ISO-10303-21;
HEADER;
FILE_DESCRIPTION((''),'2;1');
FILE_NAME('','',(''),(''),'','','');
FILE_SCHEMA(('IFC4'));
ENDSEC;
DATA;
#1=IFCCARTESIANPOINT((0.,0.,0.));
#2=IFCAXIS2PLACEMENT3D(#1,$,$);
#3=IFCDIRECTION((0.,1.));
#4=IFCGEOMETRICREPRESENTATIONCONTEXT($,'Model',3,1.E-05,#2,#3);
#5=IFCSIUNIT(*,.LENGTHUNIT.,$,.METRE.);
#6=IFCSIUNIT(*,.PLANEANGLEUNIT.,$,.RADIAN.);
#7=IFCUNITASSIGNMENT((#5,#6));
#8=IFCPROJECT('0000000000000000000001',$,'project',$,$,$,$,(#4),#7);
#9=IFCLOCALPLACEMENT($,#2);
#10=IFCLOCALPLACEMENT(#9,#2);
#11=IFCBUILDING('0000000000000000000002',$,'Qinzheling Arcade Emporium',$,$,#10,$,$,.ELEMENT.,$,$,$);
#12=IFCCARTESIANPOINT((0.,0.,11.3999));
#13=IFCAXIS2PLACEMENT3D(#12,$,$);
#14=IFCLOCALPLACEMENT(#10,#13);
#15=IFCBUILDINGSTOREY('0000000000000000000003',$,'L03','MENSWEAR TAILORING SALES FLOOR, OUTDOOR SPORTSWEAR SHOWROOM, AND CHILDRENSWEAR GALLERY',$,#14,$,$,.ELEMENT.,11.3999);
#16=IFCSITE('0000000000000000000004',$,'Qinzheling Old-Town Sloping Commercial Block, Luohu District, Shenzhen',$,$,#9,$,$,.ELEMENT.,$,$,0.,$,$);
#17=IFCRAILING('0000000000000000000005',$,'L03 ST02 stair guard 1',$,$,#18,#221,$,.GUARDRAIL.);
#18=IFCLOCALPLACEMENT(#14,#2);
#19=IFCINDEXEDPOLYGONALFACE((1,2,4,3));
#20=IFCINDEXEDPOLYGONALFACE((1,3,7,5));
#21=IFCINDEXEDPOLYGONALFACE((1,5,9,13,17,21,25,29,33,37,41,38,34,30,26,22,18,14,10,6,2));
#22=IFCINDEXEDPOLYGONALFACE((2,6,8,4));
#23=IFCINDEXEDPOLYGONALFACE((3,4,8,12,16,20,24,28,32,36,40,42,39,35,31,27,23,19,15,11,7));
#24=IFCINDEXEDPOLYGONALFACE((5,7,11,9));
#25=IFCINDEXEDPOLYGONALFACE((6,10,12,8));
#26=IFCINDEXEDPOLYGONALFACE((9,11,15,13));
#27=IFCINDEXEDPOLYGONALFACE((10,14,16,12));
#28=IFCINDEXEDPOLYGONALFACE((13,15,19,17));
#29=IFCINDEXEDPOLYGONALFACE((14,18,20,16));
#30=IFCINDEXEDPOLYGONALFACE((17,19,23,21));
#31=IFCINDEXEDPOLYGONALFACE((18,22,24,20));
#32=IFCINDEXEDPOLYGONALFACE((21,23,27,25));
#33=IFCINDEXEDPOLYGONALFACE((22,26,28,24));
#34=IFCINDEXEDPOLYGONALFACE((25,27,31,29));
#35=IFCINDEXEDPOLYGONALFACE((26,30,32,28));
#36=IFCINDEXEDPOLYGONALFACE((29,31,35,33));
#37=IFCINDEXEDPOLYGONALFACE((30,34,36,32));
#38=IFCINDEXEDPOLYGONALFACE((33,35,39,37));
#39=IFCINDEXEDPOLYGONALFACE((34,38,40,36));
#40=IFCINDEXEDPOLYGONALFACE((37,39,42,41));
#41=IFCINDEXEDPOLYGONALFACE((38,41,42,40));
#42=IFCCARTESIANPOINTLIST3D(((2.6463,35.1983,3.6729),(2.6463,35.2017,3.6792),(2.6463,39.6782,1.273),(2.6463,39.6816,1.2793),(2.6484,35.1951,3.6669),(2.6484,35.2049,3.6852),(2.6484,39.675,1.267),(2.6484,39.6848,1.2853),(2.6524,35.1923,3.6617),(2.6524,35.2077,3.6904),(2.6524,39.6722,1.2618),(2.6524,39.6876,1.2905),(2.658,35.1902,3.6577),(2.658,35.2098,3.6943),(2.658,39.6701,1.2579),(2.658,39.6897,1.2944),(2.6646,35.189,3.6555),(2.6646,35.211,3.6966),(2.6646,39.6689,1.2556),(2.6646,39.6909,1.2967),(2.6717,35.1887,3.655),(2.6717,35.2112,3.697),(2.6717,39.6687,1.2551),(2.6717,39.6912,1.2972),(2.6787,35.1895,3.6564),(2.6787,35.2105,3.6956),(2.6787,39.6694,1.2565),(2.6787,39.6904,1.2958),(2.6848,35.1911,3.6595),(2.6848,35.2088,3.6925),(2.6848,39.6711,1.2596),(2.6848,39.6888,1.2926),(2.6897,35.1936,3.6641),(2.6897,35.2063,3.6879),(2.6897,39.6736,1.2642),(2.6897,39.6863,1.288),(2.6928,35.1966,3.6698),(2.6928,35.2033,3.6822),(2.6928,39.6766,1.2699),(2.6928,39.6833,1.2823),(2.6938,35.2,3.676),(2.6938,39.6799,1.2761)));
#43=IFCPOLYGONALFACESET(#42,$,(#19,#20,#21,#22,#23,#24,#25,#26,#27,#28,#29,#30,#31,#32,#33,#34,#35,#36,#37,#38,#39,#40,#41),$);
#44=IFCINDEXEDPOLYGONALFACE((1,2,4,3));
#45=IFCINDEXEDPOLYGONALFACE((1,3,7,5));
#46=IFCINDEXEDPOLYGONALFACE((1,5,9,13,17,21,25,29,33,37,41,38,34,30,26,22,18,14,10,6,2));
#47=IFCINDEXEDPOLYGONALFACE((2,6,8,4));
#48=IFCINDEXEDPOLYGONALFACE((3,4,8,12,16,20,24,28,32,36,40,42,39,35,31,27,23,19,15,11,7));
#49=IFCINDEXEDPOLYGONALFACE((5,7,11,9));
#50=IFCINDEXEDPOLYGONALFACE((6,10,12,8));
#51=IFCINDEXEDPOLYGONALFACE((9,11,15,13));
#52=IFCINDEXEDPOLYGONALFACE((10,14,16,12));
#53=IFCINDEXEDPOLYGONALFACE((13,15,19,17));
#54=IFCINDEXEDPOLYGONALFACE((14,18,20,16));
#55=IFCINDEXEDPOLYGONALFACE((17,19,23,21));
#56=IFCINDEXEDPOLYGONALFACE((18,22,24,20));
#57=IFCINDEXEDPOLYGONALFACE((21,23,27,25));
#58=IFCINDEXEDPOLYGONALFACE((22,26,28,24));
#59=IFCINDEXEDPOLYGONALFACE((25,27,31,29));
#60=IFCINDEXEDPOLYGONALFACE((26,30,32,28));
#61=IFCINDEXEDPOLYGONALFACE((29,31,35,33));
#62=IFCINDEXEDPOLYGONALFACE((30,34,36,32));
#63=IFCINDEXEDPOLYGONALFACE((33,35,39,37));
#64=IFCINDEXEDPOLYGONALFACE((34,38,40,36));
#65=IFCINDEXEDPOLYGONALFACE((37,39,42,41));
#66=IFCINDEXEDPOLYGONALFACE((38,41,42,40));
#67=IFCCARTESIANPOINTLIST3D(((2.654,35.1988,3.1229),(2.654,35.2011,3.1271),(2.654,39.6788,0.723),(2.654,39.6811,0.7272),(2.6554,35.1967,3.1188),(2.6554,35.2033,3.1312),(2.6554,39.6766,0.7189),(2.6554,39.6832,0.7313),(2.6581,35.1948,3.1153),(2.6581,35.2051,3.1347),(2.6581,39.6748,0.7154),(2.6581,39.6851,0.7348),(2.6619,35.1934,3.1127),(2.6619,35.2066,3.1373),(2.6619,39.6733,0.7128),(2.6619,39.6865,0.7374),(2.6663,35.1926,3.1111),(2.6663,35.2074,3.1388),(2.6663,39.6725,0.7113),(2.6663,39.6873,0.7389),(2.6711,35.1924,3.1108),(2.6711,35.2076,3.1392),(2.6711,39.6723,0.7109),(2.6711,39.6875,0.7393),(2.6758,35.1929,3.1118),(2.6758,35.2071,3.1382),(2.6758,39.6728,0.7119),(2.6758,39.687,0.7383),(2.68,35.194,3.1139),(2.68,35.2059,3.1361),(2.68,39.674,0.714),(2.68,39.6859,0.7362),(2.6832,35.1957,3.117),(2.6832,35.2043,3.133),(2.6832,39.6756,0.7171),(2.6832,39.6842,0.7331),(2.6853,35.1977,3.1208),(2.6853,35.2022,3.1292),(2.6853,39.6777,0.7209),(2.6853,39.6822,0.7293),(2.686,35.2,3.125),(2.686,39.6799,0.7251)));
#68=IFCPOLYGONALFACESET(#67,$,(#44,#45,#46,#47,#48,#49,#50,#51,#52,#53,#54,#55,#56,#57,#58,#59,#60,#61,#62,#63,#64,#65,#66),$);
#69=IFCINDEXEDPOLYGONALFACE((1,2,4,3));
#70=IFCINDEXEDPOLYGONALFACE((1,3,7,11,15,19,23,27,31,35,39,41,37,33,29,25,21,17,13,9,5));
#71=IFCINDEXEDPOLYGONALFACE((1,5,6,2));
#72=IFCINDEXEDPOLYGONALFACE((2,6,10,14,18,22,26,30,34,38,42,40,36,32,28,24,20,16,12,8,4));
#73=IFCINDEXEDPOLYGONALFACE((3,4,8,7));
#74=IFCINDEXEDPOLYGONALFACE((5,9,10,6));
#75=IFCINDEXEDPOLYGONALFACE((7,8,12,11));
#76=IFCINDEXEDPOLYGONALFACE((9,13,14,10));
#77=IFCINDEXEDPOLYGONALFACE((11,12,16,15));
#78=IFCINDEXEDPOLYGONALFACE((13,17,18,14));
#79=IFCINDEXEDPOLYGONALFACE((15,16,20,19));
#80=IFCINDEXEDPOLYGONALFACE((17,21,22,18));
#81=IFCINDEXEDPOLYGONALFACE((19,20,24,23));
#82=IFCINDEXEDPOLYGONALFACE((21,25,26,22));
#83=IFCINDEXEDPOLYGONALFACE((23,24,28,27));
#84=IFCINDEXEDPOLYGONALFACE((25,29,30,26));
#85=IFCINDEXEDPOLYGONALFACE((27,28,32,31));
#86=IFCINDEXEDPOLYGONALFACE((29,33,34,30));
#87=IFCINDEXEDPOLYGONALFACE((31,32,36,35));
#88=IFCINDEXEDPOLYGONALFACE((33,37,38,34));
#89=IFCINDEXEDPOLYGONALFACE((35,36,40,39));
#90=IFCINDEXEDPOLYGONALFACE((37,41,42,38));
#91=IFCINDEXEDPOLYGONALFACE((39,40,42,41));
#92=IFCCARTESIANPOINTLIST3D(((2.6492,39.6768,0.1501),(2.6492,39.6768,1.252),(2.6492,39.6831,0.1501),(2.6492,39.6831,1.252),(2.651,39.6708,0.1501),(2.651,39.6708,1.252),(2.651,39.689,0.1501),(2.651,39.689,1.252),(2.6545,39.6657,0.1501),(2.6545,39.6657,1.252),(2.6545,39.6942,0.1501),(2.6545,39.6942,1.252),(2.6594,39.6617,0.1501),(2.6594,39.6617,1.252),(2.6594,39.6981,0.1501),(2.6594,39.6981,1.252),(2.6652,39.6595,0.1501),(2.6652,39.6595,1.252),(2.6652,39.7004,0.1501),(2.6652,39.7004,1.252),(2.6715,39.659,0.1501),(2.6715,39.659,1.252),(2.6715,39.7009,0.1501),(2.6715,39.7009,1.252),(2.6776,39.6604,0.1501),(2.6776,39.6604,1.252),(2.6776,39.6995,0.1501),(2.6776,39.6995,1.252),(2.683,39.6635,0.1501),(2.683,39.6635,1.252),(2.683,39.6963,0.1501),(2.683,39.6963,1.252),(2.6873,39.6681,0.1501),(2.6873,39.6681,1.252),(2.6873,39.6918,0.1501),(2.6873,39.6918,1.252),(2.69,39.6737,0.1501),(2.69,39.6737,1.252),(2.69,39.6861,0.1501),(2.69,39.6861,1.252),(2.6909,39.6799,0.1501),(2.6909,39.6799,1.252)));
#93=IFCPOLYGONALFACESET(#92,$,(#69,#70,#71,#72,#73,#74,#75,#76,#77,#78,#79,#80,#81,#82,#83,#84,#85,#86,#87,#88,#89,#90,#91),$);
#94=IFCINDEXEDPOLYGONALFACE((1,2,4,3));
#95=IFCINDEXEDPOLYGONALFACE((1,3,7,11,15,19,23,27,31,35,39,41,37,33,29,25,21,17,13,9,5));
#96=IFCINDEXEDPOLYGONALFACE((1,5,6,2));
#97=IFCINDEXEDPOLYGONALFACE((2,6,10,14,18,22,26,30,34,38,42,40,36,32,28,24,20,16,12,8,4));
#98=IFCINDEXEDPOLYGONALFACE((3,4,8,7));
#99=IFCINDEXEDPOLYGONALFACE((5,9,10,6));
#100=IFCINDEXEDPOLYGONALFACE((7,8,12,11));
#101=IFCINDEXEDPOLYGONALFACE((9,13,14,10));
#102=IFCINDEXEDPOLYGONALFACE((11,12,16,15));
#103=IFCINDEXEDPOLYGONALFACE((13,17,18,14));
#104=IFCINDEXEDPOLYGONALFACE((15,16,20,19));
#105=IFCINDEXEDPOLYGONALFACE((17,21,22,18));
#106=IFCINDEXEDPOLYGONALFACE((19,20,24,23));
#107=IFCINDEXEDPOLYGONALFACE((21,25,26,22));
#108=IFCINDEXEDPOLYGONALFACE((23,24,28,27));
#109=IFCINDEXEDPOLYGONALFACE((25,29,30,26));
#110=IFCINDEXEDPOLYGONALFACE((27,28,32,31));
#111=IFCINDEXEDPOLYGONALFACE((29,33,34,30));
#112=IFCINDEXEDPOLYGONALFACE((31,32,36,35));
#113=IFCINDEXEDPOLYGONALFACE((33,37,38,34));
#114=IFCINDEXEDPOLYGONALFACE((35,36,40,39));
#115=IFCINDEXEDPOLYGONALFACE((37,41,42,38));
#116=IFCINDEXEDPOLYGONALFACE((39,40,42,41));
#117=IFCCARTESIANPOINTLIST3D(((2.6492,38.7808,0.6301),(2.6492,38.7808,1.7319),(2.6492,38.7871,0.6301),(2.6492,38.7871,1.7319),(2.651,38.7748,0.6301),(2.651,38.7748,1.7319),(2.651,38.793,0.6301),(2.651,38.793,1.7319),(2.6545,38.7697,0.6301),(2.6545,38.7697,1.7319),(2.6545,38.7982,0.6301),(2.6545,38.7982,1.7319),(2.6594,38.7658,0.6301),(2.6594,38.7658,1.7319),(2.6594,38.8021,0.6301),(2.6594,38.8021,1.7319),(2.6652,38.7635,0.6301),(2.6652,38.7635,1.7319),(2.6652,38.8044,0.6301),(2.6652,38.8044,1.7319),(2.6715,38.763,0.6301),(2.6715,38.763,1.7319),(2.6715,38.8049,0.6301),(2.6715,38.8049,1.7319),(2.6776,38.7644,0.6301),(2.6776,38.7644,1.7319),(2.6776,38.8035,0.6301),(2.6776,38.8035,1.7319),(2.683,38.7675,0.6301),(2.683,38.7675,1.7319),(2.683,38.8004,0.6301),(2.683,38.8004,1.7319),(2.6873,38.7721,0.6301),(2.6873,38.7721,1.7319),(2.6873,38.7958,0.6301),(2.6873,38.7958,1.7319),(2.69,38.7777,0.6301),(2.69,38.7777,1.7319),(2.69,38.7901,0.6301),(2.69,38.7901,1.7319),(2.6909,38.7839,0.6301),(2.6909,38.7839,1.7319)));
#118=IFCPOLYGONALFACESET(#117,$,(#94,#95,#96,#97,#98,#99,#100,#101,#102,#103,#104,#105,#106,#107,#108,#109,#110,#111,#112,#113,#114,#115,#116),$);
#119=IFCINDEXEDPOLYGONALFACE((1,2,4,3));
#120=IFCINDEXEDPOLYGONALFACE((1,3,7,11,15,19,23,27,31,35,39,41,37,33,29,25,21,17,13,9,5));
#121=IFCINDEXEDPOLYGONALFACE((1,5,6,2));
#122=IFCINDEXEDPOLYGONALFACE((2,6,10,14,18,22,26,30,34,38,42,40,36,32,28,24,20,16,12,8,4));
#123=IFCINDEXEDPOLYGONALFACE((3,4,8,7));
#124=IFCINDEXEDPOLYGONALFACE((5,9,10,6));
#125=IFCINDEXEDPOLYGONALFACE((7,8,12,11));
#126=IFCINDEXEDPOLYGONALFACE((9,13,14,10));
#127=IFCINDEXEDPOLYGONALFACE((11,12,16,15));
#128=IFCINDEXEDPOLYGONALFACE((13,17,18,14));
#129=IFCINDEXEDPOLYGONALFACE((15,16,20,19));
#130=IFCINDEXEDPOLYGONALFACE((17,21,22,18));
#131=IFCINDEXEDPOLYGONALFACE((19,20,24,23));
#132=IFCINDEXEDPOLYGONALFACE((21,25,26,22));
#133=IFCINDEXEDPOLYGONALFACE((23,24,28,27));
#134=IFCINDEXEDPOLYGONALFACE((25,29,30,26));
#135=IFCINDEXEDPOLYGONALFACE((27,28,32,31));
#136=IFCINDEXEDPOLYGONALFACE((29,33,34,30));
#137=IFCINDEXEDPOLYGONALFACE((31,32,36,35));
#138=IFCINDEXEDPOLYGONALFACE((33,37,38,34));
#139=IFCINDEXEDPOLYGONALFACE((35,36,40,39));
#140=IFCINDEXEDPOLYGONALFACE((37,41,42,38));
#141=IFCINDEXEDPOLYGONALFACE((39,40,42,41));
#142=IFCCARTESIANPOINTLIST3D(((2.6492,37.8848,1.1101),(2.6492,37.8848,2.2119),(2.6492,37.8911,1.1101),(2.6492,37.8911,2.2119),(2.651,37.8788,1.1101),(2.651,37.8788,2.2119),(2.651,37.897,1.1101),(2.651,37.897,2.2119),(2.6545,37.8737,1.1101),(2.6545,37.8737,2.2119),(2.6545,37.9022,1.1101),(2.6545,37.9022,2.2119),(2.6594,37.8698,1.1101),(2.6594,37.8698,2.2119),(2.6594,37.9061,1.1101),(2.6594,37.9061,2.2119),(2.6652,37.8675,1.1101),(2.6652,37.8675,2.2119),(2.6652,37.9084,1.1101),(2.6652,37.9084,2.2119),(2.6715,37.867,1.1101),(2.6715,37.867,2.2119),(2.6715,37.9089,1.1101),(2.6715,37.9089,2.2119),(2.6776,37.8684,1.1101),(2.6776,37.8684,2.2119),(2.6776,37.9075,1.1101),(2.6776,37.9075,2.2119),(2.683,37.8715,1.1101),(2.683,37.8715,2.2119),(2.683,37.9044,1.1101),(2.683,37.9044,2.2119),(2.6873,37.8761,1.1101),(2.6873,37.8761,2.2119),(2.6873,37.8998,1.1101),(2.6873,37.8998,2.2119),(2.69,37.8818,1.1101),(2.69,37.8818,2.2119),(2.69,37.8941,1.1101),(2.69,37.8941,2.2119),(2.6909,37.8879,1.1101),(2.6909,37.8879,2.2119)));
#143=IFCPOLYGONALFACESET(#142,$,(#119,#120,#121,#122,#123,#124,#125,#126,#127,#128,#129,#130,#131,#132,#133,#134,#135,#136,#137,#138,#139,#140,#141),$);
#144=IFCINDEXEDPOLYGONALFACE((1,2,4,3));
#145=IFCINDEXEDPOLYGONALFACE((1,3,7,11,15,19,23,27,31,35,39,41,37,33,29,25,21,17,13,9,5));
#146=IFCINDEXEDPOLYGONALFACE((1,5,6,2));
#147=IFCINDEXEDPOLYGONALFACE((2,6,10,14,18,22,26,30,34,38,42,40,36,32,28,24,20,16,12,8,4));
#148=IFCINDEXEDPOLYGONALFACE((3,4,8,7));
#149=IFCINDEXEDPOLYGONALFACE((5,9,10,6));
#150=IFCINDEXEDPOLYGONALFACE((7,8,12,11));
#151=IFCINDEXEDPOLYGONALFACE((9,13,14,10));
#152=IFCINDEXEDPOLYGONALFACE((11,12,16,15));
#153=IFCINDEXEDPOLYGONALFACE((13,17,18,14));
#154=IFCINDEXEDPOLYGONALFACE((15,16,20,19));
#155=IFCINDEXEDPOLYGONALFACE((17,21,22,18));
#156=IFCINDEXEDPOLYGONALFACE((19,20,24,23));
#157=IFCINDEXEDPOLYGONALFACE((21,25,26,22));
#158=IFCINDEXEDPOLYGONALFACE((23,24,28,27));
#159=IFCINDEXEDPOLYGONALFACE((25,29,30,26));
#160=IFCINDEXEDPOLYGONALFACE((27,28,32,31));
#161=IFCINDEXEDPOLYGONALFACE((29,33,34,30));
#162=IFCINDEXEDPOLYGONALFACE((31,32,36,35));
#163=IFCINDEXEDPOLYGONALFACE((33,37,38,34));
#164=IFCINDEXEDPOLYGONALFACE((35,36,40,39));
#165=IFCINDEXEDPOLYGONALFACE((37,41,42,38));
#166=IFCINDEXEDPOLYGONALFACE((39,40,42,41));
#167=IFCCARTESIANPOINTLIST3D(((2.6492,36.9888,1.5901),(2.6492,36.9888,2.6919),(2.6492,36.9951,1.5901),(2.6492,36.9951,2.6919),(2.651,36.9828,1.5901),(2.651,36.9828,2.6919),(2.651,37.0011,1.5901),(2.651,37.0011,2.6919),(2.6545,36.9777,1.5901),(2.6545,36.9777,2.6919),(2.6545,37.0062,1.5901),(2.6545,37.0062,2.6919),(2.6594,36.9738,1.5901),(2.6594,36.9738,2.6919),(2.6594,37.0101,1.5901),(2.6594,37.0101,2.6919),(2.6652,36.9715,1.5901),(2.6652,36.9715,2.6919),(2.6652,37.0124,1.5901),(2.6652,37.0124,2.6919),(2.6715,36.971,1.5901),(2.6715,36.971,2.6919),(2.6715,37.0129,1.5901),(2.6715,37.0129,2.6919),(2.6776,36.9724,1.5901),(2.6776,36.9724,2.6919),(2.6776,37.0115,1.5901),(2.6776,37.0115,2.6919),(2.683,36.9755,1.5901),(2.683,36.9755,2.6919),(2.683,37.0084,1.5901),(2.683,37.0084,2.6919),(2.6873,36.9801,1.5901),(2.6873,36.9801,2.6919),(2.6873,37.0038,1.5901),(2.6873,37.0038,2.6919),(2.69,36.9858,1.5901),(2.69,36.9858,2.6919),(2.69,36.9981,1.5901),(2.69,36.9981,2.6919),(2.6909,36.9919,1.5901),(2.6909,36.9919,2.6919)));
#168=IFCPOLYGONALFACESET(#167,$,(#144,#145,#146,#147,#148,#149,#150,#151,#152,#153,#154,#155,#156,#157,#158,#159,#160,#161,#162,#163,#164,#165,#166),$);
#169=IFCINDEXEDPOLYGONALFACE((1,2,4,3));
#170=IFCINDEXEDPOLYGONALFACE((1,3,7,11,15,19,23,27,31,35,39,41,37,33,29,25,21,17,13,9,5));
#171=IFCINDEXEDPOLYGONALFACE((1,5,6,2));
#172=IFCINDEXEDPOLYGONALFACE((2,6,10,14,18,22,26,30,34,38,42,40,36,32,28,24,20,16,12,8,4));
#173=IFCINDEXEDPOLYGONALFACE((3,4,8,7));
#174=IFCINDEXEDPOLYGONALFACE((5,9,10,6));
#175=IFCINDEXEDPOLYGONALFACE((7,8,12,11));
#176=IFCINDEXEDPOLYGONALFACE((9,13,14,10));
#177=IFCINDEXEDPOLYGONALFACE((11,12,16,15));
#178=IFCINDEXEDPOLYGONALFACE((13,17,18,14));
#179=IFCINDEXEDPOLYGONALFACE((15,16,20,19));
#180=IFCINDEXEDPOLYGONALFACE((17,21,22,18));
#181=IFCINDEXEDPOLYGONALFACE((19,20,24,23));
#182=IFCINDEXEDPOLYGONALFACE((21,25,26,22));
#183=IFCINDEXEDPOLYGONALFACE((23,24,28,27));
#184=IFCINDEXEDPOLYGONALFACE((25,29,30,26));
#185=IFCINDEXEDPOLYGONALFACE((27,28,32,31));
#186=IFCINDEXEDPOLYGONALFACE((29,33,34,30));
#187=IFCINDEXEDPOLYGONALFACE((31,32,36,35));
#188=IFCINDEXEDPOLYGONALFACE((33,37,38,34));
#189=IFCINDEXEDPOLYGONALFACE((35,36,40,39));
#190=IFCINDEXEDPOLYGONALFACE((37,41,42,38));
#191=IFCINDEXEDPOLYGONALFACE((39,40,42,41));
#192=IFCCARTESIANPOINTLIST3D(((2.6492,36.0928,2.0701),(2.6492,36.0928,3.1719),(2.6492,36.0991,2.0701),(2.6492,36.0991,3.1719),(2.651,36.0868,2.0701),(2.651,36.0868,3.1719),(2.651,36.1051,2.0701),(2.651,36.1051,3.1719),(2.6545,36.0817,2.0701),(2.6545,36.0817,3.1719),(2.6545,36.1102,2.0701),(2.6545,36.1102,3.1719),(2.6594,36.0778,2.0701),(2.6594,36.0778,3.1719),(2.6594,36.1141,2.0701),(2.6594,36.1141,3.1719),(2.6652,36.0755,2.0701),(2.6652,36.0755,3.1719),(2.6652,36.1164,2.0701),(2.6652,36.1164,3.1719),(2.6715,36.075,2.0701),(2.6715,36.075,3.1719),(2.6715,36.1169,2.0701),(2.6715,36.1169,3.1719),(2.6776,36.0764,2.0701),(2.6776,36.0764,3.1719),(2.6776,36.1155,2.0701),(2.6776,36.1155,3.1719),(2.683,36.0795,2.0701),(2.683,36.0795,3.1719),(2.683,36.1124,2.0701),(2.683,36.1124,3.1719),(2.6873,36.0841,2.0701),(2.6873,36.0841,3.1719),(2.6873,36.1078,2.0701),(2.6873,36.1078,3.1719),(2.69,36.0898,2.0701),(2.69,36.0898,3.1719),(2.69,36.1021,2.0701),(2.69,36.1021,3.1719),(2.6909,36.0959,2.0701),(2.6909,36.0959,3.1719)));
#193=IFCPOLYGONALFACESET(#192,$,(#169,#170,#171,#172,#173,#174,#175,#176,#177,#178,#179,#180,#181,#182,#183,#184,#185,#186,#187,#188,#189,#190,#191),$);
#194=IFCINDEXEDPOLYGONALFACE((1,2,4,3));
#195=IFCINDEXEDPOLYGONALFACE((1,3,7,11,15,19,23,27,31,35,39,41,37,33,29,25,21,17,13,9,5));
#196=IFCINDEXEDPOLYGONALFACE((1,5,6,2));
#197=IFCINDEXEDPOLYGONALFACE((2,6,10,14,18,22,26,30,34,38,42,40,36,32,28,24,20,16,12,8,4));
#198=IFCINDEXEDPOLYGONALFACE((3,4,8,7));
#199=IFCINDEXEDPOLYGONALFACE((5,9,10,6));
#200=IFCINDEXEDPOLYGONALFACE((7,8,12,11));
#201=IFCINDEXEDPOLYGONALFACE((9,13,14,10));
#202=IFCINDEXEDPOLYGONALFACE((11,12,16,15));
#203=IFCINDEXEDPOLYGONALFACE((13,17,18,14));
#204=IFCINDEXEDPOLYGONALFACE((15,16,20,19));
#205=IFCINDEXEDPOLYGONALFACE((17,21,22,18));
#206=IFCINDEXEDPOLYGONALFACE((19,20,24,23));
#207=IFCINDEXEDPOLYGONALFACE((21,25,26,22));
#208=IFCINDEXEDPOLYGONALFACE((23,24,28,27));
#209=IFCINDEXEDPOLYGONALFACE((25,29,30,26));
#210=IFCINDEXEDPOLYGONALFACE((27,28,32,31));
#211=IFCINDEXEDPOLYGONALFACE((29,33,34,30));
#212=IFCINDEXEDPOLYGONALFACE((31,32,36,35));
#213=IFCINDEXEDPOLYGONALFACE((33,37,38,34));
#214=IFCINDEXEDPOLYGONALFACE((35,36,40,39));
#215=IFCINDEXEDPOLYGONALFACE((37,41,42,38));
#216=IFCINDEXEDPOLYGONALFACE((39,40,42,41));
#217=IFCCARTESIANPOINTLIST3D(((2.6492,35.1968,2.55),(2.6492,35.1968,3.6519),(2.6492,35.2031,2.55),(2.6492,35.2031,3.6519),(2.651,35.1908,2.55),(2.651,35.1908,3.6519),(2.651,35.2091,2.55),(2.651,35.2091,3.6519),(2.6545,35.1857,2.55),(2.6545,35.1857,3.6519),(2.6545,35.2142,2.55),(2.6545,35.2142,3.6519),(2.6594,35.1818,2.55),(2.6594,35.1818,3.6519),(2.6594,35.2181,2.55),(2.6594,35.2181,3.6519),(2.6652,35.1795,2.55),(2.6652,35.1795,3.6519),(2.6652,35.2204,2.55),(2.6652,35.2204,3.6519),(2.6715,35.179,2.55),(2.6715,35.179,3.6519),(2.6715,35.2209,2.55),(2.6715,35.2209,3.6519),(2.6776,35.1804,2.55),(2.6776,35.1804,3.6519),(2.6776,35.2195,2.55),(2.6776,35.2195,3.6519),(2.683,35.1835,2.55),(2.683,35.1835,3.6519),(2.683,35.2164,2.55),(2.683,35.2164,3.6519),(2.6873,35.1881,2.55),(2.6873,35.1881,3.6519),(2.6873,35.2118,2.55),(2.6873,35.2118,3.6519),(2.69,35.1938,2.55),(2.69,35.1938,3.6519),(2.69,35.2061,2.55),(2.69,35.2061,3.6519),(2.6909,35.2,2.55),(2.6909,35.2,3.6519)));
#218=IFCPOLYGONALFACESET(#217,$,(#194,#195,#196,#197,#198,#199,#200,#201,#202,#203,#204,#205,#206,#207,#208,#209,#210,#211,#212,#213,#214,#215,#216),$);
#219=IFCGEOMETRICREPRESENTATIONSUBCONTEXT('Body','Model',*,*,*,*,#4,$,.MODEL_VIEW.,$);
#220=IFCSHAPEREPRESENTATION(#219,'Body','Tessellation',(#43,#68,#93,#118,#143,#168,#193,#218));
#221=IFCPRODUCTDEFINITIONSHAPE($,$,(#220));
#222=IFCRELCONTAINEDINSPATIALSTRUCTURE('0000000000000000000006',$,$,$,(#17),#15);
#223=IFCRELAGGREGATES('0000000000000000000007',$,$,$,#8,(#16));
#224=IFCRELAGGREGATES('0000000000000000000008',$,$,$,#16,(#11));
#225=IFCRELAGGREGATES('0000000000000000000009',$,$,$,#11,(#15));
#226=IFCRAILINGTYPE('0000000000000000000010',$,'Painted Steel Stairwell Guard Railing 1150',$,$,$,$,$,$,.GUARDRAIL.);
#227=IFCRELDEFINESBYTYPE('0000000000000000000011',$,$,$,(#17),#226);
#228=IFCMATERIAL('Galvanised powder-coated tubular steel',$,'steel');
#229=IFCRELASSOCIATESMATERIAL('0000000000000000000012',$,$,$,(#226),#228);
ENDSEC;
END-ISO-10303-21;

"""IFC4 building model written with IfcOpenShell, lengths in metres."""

from ifc_helpers import new_model, si_unit, direction, frame, origin, origin_2d, place, context, subcontext, project, spatial, circle, extrude, material, type_object, element, save


model = new_model("IFC4")

# Units and contexts
model_context = context("Model", 3, precision=1e-05, world=origin(), true_north=direction((0.0, 1.0)))
body_context = subcontext(model_context, "Body", "Model", "MODEL_VIEW")
ifc_project = project(units=[si_unit("LENGTHUNIT", "METRE"), si_unit("PLANEANGLEUNIT", "RADIAN")], contexts=[model_context])

# Site, building, storey
site_placement = place(None, origin())
site = spatial("IfcSite", under=ifc_project, at=site_placement, Name="Qinzheling Old-Town Sloping Commercial Block, Luohu District, Shenzhen", CompositionType="ELEMENT", RefElevation=0.0)
building_placement = place(site_placement, origin())
building = spatial("IfcBuilding", under=site, at=building_placement, Name="Qinzheling Arcade Emporium", CompositionType="ELEMENT")
storey_placement = place(building_placement, frame((0.0, 0.0, 11.3999)))
storey = spatial("IfcBuildingStorey", under=building, at=storey_placement, Name="L03", Description="MENSWEAR TAILORING SALES FLOOR, OUTDOOR SPORTSWEAR SHOWROOM, AND CHILDRENSWEAR GALLERY", CompositionType="ELEMENT", Elevation=11.3999)

# Railing
ifc_material_1 = material(Name="Galvanised powder-coated tubular steel", Category="steel")
railing_type_1 = type_object("IfcRailingType", Name="Painted Steel Stairwell Guard Railing 1150", PredefinedType="GUARDRAIL", material=ifc_material_1)
railing_1_placement = place(storey_placement, frame((2.6699, 39.6799, 0.1501)))
element("IfcRailing", 1, at=railing_1_placement, inside=storey, type_object=railing_type_1, Name="L03 ST02 stair guard 1", PredefinedType="GUARDRAIL", context=body_context, shape_type="SweptSolid", body=[
    extrude(circle(Radius=0.0239, at=origin_2d()), frame((0.0, 0.0, 1.126), z_axis=(0.0, -0.881487, 0.472208), x_axis=(1.0, 0.0, 0.0)), (0.0, 0.0, 1.0), 5.0823),
    extrude(circle(Radius=0.0161, at=origin_2d()), frame((0.0, 0.0, 0.575), z_axis=(0.0, -0.881487, 0.472208), x_axis=(1.0, 0.0, 0.0)), (0.0, 0.0, 1.0), 5.0823),
    extrude(circle(Radius=0.021, at=origin_2d()), origin(), (0.0, 0.0, 1.0), 1.1018),
    extrude(circle(Radius=0.021, at=origin_2d()), frame((0.0, -0.896, 0.48)), (0.0, 0.0, 1.0), 1.1018),
    extrude(circle(Radius=0.021, at=origin_2d()), frame((0.0, -1.792, 0.96)), (0.0, 0.0, 1.0), 1.1018),
    extrude(circle(Radius=0.021, at=origin_2d()), frame((0.0, -2.688, 1.4399)), (0.0, 0.0, 1.0), 1.1018),
    extrude(circle(Radius=0.021, at=origin_2d()), frame((0.0, -3.584, 1.9199)), (0.0, 0.0, 1.0), 1.1018),
    extrude(circle(Radius=0.021, at=origin_2d()), frame((0.0, -4.48, 2.3999)), (0.0, 0.0, 1.0), 1.1018),
])

save(model, "model.ifc")
